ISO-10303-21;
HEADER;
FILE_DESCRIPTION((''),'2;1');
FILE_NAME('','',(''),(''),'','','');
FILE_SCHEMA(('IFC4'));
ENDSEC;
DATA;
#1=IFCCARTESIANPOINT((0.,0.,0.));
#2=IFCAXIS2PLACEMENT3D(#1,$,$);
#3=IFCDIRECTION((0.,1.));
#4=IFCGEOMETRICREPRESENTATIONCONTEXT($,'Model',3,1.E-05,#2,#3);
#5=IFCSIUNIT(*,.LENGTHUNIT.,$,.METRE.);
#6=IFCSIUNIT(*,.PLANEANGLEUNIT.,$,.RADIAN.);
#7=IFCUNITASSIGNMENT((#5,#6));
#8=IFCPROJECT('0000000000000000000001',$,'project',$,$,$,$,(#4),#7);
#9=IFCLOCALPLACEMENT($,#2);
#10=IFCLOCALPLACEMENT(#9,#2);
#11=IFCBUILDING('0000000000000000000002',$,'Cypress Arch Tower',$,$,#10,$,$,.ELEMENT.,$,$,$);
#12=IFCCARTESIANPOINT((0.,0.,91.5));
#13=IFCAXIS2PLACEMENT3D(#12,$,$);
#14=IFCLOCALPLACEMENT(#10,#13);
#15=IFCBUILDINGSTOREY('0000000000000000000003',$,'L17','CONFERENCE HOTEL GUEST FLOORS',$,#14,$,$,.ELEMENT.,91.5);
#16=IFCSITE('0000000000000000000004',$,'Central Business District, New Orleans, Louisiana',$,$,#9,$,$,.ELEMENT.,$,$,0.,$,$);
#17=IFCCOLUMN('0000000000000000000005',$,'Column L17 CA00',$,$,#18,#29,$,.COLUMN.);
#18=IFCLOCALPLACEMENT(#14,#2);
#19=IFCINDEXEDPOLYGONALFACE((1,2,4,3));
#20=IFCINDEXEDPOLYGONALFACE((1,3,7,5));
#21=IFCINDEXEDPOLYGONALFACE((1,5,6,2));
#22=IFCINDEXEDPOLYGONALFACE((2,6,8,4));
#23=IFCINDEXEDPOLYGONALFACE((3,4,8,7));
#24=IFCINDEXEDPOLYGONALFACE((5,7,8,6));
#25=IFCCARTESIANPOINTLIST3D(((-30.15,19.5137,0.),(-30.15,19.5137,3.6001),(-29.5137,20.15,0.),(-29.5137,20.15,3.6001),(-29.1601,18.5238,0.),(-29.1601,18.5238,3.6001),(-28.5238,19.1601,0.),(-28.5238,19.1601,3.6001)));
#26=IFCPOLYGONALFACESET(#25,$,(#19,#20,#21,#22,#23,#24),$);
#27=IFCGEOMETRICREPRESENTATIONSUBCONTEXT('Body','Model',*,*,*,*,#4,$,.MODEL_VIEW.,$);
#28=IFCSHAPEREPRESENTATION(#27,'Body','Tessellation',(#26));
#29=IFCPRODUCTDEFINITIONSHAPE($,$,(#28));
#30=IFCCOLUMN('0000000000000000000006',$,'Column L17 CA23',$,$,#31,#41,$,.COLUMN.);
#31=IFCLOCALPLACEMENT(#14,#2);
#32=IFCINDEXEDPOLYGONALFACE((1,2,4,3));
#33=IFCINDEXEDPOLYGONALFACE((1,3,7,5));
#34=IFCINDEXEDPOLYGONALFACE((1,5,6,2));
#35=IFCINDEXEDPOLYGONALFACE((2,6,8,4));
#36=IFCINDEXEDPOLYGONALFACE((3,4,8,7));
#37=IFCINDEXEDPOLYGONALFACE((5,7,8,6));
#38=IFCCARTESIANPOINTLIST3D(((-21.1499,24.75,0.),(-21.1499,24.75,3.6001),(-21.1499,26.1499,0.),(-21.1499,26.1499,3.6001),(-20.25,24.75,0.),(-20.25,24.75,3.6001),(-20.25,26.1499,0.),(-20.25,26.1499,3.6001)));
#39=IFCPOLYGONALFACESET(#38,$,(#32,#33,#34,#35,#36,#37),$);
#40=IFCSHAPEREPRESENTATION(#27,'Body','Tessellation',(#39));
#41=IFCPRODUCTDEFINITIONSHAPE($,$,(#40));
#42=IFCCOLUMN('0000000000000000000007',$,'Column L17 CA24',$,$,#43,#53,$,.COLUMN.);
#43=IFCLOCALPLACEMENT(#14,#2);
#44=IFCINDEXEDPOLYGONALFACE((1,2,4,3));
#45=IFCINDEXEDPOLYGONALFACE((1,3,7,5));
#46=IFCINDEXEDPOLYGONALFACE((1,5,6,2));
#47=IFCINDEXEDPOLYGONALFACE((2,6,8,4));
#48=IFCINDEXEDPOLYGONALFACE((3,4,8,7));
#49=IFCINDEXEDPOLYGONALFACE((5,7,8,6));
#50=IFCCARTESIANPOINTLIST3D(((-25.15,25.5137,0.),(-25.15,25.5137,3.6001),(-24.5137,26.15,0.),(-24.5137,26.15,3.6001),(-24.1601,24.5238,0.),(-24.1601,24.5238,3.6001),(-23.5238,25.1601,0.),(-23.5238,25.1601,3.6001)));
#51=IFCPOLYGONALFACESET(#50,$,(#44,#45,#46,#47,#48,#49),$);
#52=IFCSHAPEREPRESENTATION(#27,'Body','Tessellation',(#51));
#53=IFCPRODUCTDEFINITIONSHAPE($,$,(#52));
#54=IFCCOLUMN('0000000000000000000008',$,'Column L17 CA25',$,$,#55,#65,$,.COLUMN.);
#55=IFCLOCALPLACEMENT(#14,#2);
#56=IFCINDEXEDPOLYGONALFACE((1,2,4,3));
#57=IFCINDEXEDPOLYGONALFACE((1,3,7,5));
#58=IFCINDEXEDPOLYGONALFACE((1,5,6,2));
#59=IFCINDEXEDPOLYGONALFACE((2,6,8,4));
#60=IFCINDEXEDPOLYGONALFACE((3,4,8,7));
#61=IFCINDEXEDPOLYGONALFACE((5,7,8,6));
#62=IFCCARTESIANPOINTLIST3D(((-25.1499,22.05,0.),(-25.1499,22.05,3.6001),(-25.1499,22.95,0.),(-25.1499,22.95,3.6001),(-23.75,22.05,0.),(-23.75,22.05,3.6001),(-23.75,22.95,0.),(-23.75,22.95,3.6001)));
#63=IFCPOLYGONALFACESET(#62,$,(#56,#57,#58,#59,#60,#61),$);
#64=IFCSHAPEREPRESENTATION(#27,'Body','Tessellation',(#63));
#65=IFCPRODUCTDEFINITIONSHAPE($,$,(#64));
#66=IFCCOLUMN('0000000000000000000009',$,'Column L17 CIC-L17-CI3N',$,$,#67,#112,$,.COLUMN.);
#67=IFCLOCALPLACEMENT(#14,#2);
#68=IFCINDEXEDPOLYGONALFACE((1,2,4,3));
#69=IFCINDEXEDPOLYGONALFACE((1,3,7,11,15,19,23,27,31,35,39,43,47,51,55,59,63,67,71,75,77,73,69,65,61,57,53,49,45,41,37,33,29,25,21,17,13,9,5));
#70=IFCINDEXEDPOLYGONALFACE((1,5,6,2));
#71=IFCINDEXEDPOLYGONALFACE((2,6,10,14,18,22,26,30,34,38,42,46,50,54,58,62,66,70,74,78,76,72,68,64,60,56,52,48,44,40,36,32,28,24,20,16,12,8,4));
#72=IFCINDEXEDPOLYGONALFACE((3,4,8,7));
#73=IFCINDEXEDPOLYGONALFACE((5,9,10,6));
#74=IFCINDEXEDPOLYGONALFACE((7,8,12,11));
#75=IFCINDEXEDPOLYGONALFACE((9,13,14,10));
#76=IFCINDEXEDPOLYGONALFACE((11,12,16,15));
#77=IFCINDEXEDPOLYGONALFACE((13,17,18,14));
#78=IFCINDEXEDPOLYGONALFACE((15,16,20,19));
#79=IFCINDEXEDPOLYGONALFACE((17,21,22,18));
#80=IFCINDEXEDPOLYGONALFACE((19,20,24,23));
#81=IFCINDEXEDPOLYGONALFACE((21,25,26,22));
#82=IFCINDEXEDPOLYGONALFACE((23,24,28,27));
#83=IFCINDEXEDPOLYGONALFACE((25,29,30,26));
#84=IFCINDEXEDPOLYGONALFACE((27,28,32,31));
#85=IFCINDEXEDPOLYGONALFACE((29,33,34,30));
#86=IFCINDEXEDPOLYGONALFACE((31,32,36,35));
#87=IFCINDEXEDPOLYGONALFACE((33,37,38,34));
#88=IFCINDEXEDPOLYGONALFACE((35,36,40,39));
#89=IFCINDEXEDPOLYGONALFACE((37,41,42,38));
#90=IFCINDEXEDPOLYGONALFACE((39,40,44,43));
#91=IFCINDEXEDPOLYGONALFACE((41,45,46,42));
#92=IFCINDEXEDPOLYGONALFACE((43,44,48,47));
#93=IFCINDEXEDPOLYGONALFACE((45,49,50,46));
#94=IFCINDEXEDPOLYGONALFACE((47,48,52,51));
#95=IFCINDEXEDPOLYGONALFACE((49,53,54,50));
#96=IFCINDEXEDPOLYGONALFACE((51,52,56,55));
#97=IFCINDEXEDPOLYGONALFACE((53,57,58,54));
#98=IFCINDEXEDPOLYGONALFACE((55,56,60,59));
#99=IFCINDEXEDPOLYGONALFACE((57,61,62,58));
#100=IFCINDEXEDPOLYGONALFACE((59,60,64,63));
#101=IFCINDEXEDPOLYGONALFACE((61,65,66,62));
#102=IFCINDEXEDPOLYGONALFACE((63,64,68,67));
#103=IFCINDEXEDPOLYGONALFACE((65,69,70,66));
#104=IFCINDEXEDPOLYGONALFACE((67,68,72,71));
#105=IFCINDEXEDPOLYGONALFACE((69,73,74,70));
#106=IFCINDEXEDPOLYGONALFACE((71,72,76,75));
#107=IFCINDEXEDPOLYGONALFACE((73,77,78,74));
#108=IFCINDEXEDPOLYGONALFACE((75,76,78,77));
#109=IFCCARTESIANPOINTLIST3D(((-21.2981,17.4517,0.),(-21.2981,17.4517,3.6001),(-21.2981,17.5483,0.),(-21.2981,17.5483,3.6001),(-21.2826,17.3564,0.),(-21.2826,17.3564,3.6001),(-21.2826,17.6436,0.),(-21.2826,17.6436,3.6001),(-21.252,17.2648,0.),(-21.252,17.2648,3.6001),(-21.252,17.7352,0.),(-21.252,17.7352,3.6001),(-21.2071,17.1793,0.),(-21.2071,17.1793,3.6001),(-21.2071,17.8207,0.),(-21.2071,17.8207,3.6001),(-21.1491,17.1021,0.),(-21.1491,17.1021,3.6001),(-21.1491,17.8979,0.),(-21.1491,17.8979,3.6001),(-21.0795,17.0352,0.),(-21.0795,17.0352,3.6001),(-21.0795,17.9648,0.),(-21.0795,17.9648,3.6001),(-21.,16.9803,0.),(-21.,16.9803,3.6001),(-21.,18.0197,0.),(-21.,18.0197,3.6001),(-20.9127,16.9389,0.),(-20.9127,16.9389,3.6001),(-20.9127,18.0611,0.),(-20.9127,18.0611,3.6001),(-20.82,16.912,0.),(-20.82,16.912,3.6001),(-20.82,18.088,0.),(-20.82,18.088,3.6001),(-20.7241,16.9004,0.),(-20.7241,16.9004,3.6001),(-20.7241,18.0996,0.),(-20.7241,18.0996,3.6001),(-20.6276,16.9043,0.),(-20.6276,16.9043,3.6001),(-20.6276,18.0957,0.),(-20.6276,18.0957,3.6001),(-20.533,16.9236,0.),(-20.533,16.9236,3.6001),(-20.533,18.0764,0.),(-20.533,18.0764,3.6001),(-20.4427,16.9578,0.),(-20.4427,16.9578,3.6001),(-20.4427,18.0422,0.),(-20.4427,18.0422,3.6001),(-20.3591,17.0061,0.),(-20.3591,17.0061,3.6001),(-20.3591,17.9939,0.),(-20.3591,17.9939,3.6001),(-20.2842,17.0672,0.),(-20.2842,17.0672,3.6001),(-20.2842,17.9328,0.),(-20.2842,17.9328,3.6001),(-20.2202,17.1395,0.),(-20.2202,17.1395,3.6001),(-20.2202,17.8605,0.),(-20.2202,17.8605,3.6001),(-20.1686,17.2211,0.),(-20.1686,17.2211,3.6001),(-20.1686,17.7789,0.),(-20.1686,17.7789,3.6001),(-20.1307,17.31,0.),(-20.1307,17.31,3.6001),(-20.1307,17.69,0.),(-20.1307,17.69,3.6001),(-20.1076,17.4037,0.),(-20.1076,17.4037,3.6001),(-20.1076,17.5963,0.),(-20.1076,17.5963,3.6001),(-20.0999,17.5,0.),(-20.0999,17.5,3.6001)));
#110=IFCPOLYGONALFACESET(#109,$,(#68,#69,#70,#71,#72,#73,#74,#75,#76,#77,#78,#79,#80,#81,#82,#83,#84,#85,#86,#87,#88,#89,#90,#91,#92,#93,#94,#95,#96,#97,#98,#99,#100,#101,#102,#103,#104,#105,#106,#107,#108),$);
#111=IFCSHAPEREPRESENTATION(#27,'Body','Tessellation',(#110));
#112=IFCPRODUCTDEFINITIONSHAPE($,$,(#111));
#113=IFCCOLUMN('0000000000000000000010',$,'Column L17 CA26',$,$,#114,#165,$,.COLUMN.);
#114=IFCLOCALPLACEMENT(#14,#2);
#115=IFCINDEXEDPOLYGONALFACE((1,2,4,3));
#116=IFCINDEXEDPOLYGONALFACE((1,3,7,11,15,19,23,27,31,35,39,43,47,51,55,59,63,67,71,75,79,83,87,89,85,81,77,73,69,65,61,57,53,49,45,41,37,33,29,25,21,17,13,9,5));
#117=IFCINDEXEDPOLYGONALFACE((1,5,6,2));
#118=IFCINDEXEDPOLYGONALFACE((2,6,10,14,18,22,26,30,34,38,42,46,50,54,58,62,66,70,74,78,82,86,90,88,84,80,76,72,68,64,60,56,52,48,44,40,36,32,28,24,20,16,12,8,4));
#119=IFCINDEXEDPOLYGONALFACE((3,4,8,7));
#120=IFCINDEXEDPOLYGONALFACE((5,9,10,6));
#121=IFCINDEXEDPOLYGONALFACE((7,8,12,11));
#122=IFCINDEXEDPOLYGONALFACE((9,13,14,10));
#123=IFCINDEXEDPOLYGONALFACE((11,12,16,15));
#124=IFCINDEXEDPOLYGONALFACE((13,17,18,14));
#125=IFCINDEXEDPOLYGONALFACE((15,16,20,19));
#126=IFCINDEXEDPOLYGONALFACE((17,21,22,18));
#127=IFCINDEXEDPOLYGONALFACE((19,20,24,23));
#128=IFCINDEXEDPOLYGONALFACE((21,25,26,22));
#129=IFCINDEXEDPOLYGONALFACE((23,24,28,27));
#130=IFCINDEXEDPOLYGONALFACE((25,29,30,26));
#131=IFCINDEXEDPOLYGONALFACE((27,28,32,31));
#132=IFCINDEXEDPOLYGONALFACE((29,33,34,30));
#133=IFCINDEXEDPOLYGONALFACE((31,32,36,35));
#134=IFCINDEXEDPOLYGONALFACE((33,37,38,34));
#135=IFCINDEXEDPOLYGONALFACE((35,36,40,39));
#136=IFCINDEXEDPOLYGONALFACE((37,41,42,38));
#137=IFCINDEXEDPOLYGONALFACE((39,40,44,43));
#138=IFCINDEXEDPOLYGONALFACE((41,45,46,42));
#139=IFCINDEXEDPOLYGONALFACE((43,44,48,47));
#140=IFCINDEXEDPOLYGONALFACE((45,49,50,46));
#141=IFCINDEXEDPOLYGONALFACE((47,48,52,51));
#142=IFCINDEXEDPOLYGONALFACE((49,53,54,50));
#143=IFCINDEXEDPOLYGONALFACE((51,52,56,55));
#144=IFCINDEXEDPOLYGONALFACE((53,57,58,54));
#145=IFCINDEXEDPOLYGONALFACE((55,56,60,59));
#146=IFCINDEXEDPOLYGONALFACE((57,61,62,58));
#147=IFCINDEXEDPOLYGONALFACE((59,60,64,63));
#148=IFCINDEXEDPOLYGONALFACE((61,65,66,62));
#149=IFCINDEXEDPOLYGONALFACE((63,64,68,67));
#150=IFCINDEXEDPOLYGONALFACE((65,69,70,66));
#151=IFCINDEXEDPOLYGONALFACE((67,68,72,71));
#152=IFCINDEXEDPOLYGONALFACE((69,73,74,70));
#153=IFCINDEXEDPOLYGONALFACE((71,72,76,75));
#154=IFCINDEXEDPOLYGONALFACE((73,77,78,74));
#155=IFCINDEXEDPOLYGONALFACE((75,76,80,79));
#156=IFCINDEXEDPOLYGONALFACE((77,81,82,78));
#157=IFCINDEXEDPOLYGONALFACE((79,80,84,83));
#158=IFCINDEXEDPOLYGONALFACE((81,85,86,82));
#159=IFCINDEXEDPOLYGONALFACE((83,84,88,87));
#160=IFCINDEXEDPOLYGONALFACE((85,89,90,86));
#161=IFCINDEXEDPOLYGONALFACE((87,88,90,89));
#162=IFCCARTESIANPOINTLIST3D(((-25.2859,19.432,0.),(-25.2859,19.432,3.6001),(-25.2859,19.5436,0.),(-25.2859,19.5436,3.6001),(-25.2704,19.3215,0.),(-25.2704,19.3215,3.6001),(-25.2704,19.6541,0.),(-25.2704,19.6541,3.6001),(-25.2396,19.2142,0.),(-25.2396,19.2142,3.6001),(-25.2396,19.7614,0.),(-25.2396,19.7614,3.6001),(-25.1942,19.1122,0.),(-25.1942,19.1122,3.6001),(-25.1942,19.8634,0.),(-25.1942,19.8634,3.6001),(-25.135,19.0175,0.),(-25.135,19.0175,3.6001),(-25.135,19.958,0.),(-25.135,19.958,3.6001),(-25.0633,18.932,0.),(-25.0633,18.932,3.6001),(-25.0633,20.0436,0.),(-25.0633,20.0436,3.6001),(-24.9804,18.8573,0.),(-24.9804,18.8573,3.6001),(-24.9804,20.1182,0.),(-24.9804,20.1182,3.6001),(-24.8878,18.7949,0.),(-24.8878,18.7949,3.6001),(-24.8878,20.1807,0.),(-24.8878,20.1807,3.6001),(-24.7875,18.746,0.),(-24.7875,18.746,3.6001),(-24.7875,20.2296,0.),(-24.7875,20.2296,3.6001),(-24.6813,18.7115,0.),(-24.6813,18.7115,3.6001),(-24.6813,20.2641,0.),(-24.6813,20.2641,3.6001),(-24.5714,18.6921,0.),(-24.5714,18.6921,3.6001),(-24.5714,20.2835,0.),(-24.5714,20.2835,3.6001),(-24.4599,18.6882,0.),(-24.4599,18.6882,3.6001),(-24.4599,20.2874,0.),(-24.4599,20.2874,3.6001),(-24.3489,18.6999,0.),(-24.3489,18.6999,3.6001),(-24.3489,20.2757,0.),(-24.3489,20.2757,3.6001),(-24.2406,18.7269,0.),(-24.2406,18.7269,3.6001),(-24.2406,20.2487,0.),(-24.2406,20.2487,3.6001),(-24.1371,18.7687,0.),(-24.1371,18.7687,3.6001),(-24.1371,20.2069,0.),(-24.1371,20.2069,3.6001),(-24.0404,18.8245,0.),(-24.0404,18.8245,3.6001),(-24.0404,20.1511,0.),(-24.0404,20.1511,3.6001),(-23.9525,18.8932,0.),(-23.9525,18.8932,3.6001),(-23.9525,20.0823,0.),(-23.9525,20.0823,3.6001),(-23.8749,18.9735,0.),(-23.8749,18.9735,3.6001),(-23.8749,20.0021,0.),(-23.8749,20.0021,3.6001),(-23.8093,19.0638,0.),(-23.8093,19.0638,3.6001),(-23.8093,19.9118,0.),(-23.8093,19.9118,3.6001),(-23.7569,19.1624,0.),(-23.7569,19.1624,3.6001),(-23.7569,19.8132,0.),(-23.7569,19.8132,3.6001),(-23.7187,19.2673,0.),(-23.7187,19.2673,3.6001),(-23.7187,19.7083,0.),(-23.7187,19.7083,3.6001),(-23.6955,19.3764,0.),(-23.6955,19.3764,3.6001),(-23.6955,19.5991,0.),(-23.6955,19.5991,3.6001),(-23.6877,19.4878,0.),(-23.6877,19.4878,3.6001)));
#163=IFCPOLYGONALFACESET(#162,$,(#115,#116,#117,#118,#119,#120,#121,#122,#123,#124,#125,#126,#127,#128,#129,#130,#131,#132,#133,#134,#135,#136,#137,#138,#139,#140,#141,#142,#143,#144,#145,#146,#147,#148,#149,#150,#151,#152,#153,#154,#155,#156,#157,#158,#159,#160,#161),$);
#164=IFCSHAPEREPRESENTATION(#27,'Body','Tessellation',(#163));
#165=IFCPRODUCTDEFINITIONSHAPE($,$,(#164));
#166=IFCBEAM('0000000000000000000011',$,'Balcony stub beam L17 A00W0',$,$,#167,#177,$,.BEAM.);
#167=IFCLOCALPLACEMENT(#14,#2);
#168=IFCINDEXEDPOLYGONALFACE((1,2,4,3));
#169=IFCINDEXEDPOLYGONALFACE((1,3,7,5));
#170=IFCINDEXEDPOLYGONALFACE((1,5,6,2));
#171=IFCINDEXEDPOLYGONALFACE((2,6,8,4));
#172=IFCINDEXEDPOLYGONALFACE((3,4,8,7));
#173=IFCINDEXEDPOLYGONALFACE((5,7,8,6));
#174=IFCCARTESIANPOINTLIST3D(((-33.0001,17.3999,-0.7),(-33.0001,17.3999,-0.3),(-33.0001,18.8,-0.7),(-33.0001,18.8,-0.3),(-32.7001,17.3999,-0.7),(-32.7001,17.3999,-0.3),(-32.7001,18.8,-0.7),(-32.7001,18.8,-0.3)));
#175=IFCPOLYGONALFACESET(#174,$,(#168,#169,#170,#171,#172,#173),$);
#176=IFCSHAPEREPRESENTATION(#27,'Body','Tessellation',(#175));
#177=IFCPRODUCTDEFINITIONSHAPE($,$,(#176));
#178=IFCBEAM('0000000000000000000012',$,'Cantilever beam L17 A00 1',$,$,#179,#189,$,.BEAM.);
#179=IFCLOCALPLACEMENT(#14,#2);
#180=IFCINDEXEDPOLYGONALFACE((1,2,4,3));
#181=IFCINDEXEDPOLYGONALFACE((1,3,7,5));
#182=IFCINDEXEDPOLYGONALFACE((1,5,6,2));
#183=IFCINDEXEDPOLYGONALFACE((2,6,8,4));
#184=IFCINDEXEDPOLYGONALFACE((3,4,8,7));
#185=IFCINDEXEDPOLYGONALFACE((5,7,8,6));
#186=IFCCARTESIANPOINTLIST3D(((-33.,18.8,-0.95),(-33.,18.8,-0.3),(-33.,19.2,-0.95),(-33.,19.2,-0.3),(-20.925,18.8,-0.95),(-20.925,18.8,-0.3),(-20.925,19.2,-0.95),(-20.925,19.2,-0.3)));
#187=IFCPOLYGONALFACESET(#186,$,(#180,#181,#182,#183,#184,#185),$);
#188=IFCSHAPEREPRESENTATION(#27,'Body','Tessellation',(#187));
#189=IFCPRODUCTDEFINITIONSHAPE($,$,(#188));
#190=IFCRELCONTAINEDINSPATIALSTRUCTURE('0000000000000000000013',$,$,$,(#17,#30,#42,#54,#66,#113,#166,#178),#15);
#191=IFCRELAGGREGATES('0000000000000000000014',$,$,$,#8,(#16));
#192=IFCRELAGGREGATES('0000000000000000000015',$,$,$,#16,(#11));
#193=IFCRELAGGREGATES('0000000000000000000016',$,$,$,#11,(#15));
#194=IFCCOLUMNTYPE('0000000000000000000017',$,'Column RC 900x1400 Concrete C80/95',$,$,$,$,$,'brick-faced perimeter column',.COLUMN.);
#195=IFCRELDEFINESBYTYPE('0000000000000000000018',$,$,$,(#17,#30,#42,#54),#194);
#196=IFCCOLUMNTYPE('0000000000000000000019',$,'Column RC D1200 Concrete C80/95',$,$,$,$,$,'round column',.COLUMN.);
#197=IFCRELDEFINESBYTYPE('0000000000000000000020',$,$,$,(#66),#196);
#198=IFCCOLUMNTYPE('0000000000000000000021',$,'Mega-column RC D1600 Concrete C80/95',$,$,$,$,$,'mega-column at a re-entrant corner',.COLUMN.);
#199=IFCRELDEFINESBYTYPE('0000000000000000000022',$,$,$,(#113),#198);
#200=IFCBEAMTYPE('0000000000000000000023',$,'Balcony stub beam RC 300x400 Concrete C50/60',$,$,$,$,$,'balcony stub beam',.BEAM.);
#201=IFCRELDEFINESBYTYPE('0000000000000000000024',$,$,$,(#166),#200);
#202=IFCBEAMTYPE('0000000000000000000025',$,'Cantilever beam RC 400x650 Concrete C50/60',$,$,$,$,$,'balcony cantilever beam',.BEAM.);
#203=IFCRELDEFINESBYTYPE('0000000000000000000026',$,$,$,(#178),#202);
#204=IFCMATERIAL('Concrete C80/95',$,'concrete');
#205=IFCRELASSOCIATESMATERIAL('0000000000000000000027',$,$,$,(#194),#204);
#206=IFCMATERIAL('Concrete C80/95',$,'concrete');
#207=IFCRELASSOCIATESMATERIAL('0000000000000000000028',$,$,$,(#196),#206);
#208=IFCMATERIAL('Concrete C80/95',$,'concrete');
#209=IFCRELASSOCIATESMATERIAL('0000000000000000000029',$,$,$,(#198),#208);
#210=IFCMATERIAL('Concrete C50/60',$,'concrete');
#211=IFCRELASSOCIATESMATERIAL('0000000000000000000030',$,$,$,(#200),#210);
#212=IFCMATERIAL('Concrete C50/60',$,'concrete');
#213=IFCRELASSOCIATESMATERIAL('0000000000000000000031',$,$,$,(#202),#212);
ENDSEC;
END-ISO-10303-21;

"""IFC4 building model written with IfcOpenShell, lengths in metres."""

from ifc_helpers import new_model, si_unit, direction, frame, origin, origin_2d, place, context, subcontext, project, spatial, rectangle, circle, extrude, material, material_profile, profile_set, type_object, element, save


model = new_model("IFC4")

# Units and contexts
model_context = context("Model", 3, precision=1e-05, world=origin(), true_north=direction((0.0, 1.0)))
body_context = subcontext(model_context, "Body", "Model", "MODEL_VIEW")
ifc_project = project(units=[si_unit("LENGTHUNIT", "METRE"), si_unit("PLANEANGLEUNIT", "RADIAN")], contexts=[model_context])

# Site, building, storey
site_placement = place(None, origin())
site = spatial("IfcSite", under=ifc_project, at=site_placement, Name="Central Business District, New Orleans, Louisiana", CompositionType="ELEMENT", RefElevation=0.0)
building_placement = place(site_placement, origin())
building = spatial("IfcBuilding", under=site, at=building_placement, Name="Cypress Arch Tower", CompositionType="ELEMENT")
storey_placement = place(building_placement, frame((0.0, 0.0, 91.5)))
storey = spatial("IfcBuildingStorey", under=building, at=storey_placement, Name="L17", Description="CONFERENCE HOTEL GUEST FLOORS", CompositionType="ELEMENT", Elevation=91.5)

# Columns
ifc_material_1 = material(Name="Concrete C80/95", Category="concrete")
ifc_material_profile_1 = material_profile(ifc_material_1, rectangle(XDim=0.8999, YDim=1.3999, at=origin_2d()), Name="RC 900x1400")
ifc_profile_set_1 = profile_set([ifc_material_profile_1], Name="Concrete C80/95")
column_type_1 = type_object("IfcColumnType", Name="Column RC 900x1400 Concrete C80/95", ElementType="brick-faced perimeter column", PredefinedType="COLUMN", material=ifc_profile_set_1)
for number, where, z_axis, x_axis, name in (
    (1, (-29.3369, 19.3369, 0.0), (0.0, 0.0, 1.0), (-0.707107, -0.707107, 0.0), "Column L17 CA00"),
    (2, (-20.7, 25.45, 0.0), (0.0, 0.0, 1.0), (-1.0, 0.0, 0.0), "Column L17 CA23"),
    (3, (-24.3369, 25.3369, 0.0), (0.0, 0.0, 1.0), (-0.707107, -0.707107, 0.0), "Column L17 CA24"),
    (4, (-24.45, 22.5, 0.0), (0.0, 0.0, 1.0), (0.0, -1.0, 0.0), "Column L17 CA25"),
):
    element("IfcColumn", number, at=place(storey_placement, frame(where, z_axis=z_axis, x_axis=x_axis)), inside=storey, type_object=column_type_1, Name=name, PredefinedType="COLUMN", context=body_context, shape_type="SweptSolid", body=[
        extrude(rectangle(XDim=0.8999, YDim=1.3999, at=origin_2d()), origin(), (0.0, 0.0, 1.0), 3.6001),
    ])
ifc_material_2 = material(Name="Concrete C80/95", Category="concrete")
ifc_material_profile_2 = material_profile(ifc_material_2, circle(Radius=0.6001, at=origin_2d()), Name="RC D1200")
ifc_profile_set_2 = profile_set([ifc_material_profile_2], Name="Concrete C80/95")
column_type_2 = type_object("IfcColumnType", Name="Column RC D1200 Concrete C80/95", ElementType="round column", PredefinedType="COLUMN", material=ifc_profile_set_2)
column_1_placement = place(storey_placement, frame((-20.7, 17.5, 0.0), z_axis=(0.0, 0.0, 1.0), x_axis=(1.0, 0.0, 0.0)))
element("IfcColumn", 5, at=column_1_placement, inside=storey, type_object=column_type_2, Name="Column L17 CIC-L17-CI3N", PredefinedType="COLUMN", context=body_context, shape_type="SweptSolid", body=[
    extrude(circle(Radius=0.6001, at=origin_2d()), origin(), (0.0, 0.0, 1.0), 3.6001),
])
ifc_material_3 = material(Name="Concrete C80/95", Category="concrete")
ifc_material_profile_3 = material_profile(ifc_material_3, circle(Radius=0.8, at=origin_2d()), Name="RC D1600")
ifc_profile_set_3 = profile_set([ifc_material_profile_3], Name="Concrete C80/95")
column_type_3 = type_object("IfcColumnType", Name="Mega-column RC D1600 Concrete C80/95", ElementType="mega-column at a re-entrant corner", PredefinedType="COLUMN", material=ifc_profile_set_3)
column_2_placement = place(storey_placement, frame((-24.4878, 19.4878, 0.0), z_axis=(0.0, 0.0, 1.0), x_axis=(1.0, 0.0, 0.0)))
element("IfcColumn", 6, at=column_2_placement, inside=storey, type_object=column_type_3, Name="Column L17 CA26", PredefinedType="COLUMN", context=body_context, shape_type="SweptSolid", body=[
    extrude(circle(Radius=0.8, at=origin_2d()), origin(), (0.0, 0.0, 1.0), 3.6001),
])

# Beams
ifc_material_4 = material(Name="Concrete C50/60", Category="concrete")
ifc_material_profile_4 = material_profile(ifc_material_4, rectangle(XDim=0.3, YDim=0.3999, at=origin_2d()), Name="RC 300x400")
ifc_profile_set_4 = profile_set([ifc_material_profile_4], Name="Concrete C50/60")
beam_type_1 = type_object("IfcBeamType", Name="Balcony stub beam RC 300x400 Concrete C50/60", ElementType="balcony stub beam", PredefinedType="BEAM", material=ifc_profile_set_4)
beam_1_placement = place(storey_placement, frame((-32.8501, 18.8, -0.5), z_axis=(0.0, -1.0, 0.0), x_axis=(1.0, 0.0, 0.0)))
element("IfcBeam", 7, at=beam_1_placement, inside=storey, type_object=beam_type_1, Name="Balcony stub beam L17 A00W0", PredefinedType="BEAM", context=body_context, shape_type="SweptSolid", body=[
    extrude(rectangle(XDim=0.3, YDim=0.3999, at=origin_2d()), origin(), (0.0, 0.0, 1.0), 1.4001),
])
ifc_material_5 = material(Name="Concrete C50/60", Category="concrete")
ifc_material_profile_5 = material_profile(ifc_material_5, rectangle(XDim=0.3999, YDim=0.6499, at=origin_2d()), Name="RC 400x650")
ifc_profile_set_5 = profile_set([ifc_material_profile_5], Name="Concrete C50/60")
beam_type_2 = type_object("IfcBeamType", Name="Cantilever beam RC 400x650 Concrete C50/60", ElementType="balcony cantilever beam", PredefinedType="BEAM", material=ifc_profile_set_5)
beam_2_placement = place(storey_placement, frame((-20.925, 19.0, -0.625), z_axis=(-1.0, 0.0, 0.0), x_axis=(0.0, -1.0, 0.0)))
element("IfcBeam", 8, at=beam_2_placement, inside=storey, type_object=beam_type_2, Name="Cantilever beam L17 A00 1", PredefinedType="BEAM", context=body_context, shape_type="SweptSolid", body=[
    extrude(rectangle(XDim=0.3999, YDim=0.6499, at=origin_2d()), origin(), (0.0, 0.0, 1.0), 12.075),
])

save(model, "model.ifc")
